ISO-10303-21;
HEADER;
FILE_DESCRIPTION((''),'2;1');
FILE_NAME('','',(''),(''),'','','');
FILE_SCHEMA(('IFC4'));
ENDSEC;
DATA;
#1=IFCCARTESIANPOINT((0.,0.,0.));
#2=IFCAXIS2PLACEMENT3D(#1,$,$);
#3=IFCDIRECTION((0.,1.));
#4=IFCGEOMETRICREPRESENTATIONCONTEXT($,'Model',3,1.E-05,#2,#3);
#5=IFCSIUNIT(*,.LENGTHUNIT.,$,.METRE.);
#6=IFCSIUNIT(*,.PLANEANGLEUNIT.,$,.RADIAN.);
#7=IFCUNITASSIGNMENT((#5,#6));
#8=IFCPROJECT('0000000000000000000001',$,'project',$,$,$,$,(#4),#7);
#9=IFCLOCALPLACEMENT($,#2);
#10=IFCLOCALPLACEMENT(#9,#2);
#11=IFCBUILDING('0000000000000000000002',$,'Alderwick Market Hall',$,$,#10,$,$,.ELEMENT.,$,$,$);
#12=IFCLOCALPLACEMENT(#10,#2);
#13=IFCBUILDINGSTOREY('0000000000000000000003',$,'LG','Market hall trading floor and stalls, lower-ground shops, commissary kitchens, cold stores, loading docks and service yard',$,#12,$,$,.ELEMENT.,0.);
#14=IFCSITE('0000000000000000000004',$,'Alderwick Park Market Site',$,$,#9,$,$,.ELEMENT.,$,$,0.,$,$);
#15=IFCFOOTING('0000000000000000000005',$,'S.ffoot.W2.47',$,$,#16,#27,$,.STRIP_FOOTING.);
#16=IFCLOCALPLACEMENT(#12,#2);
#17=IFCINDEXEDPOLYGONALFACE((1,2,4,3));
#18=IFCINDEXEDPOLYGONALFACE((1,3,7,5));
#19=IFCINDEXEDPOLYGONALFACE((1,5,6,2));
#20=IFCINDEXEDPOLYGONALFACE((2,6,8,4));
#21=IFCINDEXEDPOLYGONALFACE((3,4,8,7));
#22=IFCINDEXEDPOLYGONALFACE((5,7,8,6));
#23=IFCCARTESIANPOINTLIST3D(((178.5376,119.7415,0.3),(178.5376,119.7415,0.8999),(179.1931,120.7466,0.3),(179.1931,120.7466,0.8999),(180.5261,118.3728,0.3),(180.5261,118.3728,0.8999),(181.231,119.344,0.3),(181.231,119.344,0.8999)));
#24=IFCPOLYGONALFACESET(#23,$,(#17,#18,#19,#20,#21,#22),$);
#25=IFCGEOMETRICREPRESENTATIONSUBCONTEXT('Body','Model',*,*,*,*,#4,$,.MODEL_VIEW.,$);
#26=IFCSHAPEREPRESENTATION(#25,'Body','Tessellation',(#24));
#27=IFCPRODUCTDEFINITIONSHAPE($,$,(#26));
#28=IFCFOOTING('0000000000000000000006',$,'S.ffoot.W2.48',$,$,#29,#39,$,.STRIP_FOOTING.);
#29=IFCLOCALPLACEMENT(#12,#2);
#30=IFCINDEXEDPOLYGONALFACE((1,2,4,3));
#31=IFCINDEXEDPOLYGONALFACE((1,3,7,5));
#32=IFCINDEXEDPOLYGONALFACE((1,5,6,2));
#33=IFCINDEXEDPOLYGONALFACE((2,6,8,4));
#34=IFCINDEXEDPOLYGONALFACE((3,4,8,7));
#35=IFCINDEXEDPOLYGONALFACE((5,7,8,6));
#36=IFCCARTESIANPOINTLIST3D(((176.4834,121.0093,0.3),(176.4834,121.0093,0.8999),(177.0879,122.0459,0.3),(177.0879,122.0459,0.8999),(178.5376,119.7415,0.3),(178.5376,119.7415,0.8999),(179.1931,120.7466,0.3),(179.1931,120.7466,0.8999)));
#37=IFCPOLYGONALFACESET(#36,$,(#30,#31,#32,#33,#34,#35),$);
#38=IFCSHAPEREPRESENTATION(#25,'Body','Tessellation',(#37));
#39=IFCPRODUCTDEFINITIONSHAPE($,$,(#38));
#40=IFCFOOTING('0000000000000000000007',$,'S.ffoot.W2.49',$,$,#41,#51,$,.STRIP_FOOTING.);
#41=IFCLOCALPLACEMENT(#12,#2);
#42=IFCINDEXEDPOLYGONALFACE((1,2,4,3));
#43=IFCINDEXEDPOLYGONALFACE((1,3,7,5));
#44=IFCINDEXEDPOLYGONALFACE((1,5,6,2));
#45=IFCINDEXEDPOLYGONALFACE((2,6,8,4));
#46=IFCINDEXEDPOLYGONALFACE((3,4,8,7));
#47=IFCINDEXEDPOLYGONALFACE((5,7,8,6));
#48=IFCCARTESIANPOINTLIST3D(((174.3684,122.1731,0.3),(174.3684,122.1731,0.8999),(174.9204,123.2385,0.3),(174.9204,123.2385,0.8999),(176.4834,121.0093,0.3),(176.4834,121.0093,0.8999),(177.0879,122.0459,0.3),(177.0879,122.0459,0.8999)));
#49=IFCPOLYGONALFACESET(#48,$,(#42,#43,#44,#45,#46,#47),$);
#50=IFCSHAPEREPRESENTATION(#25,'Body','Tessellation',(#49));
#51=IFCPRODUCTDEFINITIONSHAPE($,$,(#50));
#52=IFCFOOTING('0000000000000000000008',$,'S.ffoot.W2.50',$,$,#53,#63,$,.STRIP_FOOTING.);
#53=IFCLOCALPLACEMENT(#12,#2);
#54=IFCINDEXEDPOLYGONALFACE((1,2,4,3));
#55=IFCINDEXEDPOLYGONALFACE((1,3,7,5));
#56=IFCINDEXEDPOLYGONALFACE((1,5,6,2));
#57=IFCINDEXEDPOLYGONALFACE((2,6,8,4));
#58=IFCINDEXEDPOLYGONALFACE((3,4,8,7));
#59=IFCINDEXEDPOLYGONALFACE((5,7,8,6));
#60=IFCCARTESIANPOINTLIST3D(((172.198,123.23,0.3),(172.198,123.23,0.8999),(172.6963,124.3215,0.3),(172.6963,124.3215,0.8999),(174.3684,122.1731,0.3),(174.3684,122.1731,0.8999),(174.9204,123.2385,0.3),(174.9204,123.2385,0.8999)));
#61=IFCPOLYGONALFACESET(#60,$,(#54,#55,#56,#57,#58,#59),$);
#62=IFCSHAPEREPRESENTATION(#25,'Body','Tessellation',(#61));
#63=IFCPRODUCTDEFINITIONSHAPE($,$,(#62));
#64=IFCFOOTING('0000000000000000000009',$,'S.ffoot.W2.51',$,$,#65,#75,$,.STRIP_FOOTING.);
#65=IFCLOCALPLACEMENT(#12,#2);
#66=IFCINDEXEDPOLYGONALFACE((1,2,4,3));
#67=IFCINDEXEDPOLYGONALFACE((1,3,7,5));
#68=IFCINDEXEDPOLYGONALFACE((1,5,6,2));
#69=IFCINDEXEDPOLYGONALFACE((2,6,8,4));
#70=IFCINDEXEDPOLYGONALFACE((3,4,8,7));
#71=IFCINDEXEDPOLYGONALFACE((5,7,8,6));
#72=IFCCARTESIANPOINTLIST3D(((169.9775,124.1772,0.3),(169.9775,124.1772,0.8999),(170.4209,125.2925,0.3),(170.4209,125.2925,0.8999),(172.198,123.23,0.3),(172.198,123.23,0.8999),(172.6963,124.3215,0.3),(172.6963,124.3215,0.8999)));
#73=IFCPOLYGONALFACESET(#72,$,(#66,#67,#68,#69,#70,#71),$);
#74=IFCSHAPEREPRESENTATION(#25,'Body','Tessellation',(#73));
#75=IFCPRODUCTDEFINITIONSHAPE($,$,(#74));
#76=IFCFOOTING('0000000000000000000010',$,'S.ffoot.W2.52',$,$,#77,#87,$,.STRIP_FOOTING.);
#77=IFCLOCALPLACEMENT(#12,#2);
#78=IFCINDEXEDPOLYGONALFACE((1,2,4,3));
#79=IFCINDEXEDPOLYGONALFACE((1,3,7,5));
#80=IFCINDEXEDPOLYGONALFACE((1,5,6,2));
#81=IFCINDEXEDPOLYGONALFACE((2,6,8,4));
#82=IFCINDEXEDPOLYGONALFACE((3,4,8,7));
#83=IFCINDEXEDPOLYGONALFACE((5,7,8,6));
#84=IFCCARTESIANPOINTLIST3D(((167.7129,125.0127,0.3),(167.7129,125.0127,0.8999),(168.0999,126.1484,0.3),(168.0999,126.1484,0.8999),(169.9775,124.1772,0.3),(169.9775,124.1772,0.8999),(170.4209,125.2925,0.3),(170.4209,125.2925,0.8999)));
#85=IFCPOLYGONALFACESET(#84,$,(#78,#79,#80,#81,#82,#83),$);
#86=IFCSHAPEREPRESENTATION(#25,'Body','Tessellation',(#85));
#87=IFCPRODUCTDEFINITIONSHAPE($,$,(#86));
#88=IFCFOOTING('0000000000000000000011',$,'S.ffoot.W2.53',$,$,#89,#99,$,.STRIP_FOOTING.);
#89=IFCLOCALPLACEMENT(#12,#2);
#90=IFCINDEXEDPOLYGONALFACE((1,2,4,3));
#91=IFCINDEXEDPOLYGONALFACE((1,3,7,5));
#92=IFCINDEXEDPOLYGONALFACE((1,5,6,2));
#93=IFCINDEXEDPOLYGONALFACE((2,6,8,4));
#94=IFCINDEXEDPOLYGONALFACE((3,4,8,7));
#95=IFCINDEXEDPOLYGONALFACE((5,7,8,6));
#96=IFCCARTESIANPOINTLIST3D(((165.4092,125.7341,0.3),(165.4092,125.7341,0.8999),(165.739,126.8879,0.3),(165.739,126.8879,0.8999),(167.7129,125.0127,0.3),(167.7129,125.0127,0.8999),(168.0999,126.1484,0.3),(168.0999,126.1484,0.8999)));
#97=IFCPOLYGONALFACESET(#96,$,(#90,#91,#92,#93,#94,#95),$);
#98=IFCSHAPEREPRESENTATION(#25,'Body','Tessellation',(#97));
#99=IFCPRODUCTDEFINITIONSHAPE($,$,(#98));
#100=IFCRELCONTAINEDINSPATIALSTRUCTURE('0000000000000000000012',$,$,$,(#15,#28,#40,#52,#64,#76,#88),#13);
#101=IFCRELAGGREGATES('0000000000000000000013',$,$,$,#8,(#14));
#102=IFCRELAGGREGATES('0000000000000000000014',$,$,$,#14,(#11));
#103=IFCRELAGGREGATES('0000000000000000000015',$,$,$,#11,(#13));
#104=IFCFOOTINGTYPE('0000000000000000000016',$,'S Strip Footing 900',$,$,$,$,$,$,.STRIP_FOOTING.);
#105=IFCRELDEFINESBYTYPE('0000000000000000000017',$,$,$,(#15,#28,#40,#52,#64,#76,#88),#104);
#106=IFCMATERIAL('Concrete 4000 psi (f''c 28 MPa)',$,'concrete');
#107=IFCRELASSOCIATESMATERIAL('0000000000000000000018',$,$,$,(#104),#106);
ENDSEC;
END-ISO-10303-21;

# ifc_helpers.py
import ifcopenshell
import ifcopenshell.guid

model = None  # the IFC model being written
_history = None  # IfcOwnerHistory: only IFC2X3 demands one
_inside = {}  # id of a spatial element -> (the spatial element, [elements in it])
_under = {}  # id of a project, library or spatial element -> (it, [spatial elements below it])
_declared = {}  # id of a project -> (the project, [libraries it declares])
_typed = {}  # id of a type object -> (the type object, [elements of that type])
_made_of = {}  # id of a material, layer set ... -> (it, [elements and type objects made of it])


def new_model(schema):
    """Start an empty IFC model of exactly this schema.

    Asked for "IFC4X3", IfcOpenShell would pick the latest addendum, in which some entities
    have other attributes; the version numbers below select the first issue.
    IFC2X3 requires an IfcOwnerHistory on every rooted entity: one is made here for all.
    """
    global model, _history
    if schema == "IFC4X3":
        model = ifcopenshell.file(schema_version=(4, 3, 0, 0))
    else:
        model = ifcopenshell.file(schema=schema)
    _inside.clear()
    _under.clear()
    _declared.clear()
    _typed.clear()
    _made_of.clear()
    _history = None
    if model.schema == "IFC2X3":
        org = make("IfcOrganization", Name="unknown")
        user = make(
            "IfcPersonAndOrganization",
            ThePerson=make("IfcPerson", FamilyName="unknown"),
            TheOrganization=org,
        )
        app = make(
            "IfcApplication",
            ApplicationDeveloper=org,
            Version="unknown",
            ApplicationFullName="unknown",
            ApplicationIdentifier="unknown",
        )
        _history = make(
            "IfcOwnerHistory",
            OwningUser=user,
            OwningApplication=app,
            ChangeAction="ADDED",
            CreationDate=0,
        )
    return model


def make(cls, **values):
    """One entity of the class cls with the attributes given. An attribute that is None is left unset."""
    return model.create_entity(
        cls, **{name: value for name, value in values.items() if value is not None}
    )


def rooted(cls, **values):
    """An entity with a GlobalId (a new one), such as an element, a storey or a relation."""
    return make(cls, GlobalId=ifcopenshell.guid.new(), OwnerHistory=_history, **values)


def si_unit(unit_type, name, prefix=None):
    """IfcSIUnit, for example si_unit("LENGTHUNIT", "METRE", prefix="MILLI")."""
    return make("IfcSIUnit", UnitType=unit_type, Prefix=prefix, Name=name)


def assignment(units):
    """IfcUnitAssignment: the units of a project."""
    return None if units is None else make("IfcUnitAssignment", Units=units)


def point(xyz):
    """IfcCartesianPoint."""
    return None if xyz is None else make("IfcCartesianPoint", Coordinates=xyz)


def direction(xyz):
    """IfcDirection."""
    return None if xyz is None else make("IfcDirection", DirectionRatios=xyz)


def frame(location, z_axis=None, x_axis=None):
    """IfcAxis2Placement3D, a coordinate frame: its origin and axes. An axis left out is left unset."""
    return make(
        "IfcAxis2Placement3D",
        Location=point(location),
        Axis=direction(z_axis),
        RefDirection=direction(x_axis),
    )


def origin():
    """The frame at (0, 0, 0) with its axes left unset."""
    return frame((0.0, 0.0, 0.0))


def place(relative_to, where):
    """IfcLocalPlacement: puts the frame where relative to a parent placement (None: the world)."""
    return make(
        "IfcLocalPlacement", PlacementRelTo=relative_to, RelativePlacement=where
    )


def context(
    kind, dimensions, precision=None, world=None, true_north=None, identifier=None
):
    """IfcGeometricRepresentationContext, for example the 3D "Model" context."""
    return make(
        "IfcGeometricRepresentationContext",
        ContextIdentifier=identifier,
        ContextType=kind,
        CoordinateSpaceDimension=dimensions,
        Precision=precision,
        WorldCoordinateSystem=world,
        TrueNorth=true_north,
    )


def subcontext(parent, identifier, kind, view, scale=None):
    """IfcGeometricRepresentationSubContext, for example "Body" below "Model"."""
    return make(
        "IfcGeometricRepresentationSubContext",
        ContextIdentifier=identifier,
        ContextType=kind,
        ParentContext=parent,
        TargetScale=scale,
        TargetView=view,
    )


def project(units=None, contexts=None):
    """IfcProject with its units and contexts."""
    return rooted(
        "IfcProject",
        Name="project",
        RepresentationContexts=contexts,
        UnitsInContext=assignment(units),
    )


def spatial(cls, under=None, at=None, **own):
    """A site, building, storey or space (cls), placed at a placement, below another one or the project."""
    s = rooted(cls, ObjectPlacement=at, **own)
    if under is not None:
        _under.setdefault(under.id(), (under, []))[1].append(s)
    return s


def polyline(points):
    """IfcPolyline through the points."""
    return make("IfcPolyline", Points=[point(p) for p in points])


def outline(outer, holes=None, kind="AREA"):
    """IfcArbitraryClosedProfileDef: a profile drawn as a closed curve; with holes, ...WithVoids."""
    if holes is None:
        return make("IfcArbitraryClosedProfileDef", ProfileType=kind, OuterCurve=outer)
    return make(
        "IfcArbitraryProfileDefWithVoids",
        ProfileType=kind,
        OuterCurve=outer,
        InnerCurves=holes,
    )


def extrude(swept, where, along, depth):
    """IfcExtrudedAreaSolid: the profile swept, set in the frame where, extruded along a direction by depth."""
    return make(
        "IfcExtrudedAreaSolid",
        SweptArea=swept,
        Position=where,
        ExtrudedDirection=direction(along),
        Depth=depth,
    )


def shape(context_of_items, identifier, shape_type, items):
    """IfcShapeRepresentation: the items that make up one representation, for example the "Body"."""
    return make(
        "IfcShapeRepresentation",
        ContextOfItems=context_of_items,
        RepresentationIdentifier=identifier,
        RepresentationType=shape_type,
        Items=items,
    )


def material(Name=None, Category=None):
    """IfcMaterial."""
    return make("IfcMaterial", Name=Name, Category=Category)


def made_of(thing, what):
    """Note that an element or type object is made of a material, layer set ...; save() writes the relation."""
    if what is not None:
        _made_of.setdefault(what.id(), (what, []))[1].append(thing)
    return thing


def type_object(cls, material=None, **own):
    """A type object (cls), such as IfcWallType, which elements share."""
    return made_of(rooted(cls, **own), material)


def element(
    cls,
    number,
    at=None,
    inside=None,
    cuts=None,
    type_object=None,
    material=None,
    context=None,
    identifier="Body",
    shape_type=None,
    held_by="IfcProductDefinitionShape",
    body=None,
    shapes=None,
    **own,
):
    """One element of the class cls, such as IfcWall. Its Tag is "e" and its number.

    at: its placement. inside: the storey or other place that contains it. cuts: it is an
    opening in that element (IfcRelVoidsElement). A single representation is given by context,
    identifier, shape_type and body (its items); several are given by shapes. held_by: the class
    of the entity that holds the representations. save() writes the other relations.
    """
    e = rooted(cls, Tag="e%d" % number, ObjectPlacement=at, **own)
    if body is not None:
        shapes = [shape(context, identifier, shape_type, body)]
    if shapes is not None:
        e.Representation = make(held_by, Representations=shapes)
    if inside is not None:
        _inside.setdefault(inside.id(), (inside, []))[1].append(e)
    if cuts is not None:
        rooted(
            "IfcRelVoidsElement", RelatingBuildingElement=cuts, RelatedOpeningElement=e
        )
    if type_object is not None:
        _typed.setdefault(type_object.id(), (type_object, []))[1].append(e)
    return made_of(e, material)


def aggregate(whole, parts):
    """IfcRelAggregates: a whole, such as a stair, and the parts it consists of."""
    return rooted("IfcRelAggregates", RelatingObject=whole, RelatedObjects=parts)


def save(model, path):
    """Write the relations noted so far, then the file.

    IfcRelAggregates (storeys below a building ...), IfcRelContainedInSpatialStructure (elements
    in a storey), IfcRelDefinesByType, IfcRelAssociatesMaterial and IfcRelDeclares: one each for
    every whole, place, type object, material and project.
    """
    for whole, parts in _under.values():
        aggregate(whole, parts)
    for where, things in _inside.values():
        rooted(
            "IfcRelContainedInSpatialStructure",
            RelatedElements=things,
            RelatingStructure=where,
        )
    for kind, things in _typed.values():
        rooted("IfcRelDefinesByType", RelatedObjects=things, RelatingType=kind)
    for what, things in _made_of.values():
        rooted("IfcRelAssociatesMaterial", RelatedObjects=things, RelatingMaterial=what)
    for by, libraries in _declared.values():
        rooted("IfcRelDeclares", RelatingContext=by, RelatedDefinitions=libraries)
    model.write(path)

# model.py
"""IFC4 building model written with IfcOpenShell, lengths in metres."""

from ifc_helpers import new_model, si_unit, direction, frame, origin, place, context, subcontext, project, spatial, polyline, outline, extrude, material, type_object, element, save


model = new_model("IFC4")

# Units and contexts
model_context = context("Model", 3, precision=1e-05, world=origin(), true_north=direction((0.0, 1.0)))
body_context = subcontext(model_context, "Body", "Model", "MODEL_VIEW")
ifc_project = project(units=[si_unit("LENGTHUNIT", "METRE"), si_unit("PLANEANGLEUNIT", "RADIAN")], contexts=[model_context])

# Site, building, storey
site_placement = place(None, origin())
site = spatial("IfcSite", under=ifc_project, at=site_placement, Name="Alderwick Park Market Site", CompositionType="ELEMENT", RefElevation=0.0)
building_placement = place(site_placement, origin())
building = spatial("IfcBuilding", under=site, at=building_placement, Name="Alderwick Market Hall", CompositionType="ELEMENT")
storey_placement = place(building_placement, origin())
storey = spatial("IfcBuildingStorey", under=building, at=storey_placement, Name="LG", Description="Market hall trading floor and stalls, lower-ground shops, commissary kitchens, cold stores, loading docks and service yard", CompositionType="ELEMENT", Elevation=0.0)

# Footings
ifc_material = material(Name="Concrete 4000 psi (f'c 28 MPa)", Category="concrete")
footing_type = type_object("IfcFootingType", Name="S Strip Footing 900", PredefinedType="STRIP_FOOTING", material=ifc_material)
footing_1_placement = place(storey_placement, frame((0.0, 0.0, 0.3)))
element("IfcFooting", 1, at=footing_1_placement, inside=storey, type_object=footing_type, Name="S.ffoot.W2.47", PredefinedType="STRIP_FOOTING", context=body_context, shape_type="SweptSolid", body=[
    extrude(outline(polyline([(181.231, 119.344), (179.1931, 120.7466), (178.5376, 119.7415), (180.5261, 118.3728), (181.231, 119.344)])), origin(), (0.0, 0.0, 1.0), 0.5999),
])
footing_2_placement = place(storey_placement, frame((0.0, 0.0, 0.3)))
element("IfcFooting", 2, at=footing_2_placement, inside=storey, type_object=footing_type, Name="S.ffoot.W2.48", PredefinedType="STRIP_FOOTING", context=body_context, shape_type="SweptSolid", body=[
    extrude(outline(polyline([(179.1931, 120.7466), (177.0879, 122.0459), (176.4834, 121.0093), (178.5376, 119.7415), (179.1931, 120.7466)])), origin(), (0.0, 0.0, 1.0), 0.5999),
])
footing_3_placement = place(storey_placement, frame((0.0, 0.0, 0.3)))
element("IfcFooting", 3, at=footing_3_placement, inside=storey, type_object=footing_type, Name="S.ffoot.W2.49", PredefinedType="STRIP_FOOTING", context=body_context, shape_type="SweptSolid", body=[
    extrude(outline(polyline([(177.0879, 122.0459), (174.9204, 123.2385), (174.3684, 122.1731), (176.4834, 121.0093), (177.0879, 122.0459)])), origin(), (0.0, 0.0, 1.0), 0.5999),
])
footing_4_placement = place(storey_placement, frame((0.0, 0.0, 0.3)))
element("IfcFooting", 4, at=footing_4_placement, inside=storey, type_object=footing_type, Name="S.ffoot.W2.50", PredefinedType="STRIP_FOOTING", context=body_context, shape_type="SweptSolid", body=[
    extrude(outline(polyline([(174.9204, 123.2385), (172.6963, 124.3215), (172.198, 123.23), (174.3684, 122.1731), (174.9204, 123.2385)])), origin(), (0.0, 0.0, 1.0), 0.5999),
])
footing_5_placement = place(storey_placement, frame((0.0, 0.0, 0.3)))
element("IfcFooting", 5, at=footing_5_placement, inside=storey, type_object=footing_type, Name="S.ffoot.W2.51", PredefinedType="STRIP_FOOTING", context=body_context, shape_type="SweptSolid", body=[
    extrude(outline(polyline([(172.6963, 124.3215), (170.4209, 125.2925), (169.9775, 124.1772), (172.198, 123.23), (172.6963, 124.3215)])), origin(), (0.0, 0.0, 1.0), 0.5999),
])
footing_6_placement = place(storey_placement, frame((0.0, 0.0, 0.3)))
element("IfcFooting", 6, at=footing_6_placement, inside=storey, type_object=footing_type, Name="S.ffoot.W2.52", PredefinedType="STRIP_FOOTING", context=body_context, shape_type="SweptSolid", body=[
    extrude(outline(polyline([(170.4209, 125.2925), (168.0999, 126.1484), (167.7129, 125.0127), (169.9775, 124.1772), (170.4209, 125.2925)])), origin(), (0.0, 0.0, 1.0), 0.5999),
])
footing_7_placement = place(storey_placement, frame((0.0, 0.0, 0.3)))
element("IfcFooting", 7, at=footing_7_placement, inside=storey, type_object=footing_type, Name="S.ffoot.W2.53", PredefinedType="STRIP_FOOTING", context=body_context, shape_type="SweptSolid", body=[
    extrude(outline(polyline([(168.0999, 126.1484), (165.739, 126.8879), (165.4092, 125.7341), (167.7129, 125.0127), (168.0999, 126.1484)])), origin(), (0.0, 0.0, 1.0), 0.5999),
])

save(model, "model.ifc")
